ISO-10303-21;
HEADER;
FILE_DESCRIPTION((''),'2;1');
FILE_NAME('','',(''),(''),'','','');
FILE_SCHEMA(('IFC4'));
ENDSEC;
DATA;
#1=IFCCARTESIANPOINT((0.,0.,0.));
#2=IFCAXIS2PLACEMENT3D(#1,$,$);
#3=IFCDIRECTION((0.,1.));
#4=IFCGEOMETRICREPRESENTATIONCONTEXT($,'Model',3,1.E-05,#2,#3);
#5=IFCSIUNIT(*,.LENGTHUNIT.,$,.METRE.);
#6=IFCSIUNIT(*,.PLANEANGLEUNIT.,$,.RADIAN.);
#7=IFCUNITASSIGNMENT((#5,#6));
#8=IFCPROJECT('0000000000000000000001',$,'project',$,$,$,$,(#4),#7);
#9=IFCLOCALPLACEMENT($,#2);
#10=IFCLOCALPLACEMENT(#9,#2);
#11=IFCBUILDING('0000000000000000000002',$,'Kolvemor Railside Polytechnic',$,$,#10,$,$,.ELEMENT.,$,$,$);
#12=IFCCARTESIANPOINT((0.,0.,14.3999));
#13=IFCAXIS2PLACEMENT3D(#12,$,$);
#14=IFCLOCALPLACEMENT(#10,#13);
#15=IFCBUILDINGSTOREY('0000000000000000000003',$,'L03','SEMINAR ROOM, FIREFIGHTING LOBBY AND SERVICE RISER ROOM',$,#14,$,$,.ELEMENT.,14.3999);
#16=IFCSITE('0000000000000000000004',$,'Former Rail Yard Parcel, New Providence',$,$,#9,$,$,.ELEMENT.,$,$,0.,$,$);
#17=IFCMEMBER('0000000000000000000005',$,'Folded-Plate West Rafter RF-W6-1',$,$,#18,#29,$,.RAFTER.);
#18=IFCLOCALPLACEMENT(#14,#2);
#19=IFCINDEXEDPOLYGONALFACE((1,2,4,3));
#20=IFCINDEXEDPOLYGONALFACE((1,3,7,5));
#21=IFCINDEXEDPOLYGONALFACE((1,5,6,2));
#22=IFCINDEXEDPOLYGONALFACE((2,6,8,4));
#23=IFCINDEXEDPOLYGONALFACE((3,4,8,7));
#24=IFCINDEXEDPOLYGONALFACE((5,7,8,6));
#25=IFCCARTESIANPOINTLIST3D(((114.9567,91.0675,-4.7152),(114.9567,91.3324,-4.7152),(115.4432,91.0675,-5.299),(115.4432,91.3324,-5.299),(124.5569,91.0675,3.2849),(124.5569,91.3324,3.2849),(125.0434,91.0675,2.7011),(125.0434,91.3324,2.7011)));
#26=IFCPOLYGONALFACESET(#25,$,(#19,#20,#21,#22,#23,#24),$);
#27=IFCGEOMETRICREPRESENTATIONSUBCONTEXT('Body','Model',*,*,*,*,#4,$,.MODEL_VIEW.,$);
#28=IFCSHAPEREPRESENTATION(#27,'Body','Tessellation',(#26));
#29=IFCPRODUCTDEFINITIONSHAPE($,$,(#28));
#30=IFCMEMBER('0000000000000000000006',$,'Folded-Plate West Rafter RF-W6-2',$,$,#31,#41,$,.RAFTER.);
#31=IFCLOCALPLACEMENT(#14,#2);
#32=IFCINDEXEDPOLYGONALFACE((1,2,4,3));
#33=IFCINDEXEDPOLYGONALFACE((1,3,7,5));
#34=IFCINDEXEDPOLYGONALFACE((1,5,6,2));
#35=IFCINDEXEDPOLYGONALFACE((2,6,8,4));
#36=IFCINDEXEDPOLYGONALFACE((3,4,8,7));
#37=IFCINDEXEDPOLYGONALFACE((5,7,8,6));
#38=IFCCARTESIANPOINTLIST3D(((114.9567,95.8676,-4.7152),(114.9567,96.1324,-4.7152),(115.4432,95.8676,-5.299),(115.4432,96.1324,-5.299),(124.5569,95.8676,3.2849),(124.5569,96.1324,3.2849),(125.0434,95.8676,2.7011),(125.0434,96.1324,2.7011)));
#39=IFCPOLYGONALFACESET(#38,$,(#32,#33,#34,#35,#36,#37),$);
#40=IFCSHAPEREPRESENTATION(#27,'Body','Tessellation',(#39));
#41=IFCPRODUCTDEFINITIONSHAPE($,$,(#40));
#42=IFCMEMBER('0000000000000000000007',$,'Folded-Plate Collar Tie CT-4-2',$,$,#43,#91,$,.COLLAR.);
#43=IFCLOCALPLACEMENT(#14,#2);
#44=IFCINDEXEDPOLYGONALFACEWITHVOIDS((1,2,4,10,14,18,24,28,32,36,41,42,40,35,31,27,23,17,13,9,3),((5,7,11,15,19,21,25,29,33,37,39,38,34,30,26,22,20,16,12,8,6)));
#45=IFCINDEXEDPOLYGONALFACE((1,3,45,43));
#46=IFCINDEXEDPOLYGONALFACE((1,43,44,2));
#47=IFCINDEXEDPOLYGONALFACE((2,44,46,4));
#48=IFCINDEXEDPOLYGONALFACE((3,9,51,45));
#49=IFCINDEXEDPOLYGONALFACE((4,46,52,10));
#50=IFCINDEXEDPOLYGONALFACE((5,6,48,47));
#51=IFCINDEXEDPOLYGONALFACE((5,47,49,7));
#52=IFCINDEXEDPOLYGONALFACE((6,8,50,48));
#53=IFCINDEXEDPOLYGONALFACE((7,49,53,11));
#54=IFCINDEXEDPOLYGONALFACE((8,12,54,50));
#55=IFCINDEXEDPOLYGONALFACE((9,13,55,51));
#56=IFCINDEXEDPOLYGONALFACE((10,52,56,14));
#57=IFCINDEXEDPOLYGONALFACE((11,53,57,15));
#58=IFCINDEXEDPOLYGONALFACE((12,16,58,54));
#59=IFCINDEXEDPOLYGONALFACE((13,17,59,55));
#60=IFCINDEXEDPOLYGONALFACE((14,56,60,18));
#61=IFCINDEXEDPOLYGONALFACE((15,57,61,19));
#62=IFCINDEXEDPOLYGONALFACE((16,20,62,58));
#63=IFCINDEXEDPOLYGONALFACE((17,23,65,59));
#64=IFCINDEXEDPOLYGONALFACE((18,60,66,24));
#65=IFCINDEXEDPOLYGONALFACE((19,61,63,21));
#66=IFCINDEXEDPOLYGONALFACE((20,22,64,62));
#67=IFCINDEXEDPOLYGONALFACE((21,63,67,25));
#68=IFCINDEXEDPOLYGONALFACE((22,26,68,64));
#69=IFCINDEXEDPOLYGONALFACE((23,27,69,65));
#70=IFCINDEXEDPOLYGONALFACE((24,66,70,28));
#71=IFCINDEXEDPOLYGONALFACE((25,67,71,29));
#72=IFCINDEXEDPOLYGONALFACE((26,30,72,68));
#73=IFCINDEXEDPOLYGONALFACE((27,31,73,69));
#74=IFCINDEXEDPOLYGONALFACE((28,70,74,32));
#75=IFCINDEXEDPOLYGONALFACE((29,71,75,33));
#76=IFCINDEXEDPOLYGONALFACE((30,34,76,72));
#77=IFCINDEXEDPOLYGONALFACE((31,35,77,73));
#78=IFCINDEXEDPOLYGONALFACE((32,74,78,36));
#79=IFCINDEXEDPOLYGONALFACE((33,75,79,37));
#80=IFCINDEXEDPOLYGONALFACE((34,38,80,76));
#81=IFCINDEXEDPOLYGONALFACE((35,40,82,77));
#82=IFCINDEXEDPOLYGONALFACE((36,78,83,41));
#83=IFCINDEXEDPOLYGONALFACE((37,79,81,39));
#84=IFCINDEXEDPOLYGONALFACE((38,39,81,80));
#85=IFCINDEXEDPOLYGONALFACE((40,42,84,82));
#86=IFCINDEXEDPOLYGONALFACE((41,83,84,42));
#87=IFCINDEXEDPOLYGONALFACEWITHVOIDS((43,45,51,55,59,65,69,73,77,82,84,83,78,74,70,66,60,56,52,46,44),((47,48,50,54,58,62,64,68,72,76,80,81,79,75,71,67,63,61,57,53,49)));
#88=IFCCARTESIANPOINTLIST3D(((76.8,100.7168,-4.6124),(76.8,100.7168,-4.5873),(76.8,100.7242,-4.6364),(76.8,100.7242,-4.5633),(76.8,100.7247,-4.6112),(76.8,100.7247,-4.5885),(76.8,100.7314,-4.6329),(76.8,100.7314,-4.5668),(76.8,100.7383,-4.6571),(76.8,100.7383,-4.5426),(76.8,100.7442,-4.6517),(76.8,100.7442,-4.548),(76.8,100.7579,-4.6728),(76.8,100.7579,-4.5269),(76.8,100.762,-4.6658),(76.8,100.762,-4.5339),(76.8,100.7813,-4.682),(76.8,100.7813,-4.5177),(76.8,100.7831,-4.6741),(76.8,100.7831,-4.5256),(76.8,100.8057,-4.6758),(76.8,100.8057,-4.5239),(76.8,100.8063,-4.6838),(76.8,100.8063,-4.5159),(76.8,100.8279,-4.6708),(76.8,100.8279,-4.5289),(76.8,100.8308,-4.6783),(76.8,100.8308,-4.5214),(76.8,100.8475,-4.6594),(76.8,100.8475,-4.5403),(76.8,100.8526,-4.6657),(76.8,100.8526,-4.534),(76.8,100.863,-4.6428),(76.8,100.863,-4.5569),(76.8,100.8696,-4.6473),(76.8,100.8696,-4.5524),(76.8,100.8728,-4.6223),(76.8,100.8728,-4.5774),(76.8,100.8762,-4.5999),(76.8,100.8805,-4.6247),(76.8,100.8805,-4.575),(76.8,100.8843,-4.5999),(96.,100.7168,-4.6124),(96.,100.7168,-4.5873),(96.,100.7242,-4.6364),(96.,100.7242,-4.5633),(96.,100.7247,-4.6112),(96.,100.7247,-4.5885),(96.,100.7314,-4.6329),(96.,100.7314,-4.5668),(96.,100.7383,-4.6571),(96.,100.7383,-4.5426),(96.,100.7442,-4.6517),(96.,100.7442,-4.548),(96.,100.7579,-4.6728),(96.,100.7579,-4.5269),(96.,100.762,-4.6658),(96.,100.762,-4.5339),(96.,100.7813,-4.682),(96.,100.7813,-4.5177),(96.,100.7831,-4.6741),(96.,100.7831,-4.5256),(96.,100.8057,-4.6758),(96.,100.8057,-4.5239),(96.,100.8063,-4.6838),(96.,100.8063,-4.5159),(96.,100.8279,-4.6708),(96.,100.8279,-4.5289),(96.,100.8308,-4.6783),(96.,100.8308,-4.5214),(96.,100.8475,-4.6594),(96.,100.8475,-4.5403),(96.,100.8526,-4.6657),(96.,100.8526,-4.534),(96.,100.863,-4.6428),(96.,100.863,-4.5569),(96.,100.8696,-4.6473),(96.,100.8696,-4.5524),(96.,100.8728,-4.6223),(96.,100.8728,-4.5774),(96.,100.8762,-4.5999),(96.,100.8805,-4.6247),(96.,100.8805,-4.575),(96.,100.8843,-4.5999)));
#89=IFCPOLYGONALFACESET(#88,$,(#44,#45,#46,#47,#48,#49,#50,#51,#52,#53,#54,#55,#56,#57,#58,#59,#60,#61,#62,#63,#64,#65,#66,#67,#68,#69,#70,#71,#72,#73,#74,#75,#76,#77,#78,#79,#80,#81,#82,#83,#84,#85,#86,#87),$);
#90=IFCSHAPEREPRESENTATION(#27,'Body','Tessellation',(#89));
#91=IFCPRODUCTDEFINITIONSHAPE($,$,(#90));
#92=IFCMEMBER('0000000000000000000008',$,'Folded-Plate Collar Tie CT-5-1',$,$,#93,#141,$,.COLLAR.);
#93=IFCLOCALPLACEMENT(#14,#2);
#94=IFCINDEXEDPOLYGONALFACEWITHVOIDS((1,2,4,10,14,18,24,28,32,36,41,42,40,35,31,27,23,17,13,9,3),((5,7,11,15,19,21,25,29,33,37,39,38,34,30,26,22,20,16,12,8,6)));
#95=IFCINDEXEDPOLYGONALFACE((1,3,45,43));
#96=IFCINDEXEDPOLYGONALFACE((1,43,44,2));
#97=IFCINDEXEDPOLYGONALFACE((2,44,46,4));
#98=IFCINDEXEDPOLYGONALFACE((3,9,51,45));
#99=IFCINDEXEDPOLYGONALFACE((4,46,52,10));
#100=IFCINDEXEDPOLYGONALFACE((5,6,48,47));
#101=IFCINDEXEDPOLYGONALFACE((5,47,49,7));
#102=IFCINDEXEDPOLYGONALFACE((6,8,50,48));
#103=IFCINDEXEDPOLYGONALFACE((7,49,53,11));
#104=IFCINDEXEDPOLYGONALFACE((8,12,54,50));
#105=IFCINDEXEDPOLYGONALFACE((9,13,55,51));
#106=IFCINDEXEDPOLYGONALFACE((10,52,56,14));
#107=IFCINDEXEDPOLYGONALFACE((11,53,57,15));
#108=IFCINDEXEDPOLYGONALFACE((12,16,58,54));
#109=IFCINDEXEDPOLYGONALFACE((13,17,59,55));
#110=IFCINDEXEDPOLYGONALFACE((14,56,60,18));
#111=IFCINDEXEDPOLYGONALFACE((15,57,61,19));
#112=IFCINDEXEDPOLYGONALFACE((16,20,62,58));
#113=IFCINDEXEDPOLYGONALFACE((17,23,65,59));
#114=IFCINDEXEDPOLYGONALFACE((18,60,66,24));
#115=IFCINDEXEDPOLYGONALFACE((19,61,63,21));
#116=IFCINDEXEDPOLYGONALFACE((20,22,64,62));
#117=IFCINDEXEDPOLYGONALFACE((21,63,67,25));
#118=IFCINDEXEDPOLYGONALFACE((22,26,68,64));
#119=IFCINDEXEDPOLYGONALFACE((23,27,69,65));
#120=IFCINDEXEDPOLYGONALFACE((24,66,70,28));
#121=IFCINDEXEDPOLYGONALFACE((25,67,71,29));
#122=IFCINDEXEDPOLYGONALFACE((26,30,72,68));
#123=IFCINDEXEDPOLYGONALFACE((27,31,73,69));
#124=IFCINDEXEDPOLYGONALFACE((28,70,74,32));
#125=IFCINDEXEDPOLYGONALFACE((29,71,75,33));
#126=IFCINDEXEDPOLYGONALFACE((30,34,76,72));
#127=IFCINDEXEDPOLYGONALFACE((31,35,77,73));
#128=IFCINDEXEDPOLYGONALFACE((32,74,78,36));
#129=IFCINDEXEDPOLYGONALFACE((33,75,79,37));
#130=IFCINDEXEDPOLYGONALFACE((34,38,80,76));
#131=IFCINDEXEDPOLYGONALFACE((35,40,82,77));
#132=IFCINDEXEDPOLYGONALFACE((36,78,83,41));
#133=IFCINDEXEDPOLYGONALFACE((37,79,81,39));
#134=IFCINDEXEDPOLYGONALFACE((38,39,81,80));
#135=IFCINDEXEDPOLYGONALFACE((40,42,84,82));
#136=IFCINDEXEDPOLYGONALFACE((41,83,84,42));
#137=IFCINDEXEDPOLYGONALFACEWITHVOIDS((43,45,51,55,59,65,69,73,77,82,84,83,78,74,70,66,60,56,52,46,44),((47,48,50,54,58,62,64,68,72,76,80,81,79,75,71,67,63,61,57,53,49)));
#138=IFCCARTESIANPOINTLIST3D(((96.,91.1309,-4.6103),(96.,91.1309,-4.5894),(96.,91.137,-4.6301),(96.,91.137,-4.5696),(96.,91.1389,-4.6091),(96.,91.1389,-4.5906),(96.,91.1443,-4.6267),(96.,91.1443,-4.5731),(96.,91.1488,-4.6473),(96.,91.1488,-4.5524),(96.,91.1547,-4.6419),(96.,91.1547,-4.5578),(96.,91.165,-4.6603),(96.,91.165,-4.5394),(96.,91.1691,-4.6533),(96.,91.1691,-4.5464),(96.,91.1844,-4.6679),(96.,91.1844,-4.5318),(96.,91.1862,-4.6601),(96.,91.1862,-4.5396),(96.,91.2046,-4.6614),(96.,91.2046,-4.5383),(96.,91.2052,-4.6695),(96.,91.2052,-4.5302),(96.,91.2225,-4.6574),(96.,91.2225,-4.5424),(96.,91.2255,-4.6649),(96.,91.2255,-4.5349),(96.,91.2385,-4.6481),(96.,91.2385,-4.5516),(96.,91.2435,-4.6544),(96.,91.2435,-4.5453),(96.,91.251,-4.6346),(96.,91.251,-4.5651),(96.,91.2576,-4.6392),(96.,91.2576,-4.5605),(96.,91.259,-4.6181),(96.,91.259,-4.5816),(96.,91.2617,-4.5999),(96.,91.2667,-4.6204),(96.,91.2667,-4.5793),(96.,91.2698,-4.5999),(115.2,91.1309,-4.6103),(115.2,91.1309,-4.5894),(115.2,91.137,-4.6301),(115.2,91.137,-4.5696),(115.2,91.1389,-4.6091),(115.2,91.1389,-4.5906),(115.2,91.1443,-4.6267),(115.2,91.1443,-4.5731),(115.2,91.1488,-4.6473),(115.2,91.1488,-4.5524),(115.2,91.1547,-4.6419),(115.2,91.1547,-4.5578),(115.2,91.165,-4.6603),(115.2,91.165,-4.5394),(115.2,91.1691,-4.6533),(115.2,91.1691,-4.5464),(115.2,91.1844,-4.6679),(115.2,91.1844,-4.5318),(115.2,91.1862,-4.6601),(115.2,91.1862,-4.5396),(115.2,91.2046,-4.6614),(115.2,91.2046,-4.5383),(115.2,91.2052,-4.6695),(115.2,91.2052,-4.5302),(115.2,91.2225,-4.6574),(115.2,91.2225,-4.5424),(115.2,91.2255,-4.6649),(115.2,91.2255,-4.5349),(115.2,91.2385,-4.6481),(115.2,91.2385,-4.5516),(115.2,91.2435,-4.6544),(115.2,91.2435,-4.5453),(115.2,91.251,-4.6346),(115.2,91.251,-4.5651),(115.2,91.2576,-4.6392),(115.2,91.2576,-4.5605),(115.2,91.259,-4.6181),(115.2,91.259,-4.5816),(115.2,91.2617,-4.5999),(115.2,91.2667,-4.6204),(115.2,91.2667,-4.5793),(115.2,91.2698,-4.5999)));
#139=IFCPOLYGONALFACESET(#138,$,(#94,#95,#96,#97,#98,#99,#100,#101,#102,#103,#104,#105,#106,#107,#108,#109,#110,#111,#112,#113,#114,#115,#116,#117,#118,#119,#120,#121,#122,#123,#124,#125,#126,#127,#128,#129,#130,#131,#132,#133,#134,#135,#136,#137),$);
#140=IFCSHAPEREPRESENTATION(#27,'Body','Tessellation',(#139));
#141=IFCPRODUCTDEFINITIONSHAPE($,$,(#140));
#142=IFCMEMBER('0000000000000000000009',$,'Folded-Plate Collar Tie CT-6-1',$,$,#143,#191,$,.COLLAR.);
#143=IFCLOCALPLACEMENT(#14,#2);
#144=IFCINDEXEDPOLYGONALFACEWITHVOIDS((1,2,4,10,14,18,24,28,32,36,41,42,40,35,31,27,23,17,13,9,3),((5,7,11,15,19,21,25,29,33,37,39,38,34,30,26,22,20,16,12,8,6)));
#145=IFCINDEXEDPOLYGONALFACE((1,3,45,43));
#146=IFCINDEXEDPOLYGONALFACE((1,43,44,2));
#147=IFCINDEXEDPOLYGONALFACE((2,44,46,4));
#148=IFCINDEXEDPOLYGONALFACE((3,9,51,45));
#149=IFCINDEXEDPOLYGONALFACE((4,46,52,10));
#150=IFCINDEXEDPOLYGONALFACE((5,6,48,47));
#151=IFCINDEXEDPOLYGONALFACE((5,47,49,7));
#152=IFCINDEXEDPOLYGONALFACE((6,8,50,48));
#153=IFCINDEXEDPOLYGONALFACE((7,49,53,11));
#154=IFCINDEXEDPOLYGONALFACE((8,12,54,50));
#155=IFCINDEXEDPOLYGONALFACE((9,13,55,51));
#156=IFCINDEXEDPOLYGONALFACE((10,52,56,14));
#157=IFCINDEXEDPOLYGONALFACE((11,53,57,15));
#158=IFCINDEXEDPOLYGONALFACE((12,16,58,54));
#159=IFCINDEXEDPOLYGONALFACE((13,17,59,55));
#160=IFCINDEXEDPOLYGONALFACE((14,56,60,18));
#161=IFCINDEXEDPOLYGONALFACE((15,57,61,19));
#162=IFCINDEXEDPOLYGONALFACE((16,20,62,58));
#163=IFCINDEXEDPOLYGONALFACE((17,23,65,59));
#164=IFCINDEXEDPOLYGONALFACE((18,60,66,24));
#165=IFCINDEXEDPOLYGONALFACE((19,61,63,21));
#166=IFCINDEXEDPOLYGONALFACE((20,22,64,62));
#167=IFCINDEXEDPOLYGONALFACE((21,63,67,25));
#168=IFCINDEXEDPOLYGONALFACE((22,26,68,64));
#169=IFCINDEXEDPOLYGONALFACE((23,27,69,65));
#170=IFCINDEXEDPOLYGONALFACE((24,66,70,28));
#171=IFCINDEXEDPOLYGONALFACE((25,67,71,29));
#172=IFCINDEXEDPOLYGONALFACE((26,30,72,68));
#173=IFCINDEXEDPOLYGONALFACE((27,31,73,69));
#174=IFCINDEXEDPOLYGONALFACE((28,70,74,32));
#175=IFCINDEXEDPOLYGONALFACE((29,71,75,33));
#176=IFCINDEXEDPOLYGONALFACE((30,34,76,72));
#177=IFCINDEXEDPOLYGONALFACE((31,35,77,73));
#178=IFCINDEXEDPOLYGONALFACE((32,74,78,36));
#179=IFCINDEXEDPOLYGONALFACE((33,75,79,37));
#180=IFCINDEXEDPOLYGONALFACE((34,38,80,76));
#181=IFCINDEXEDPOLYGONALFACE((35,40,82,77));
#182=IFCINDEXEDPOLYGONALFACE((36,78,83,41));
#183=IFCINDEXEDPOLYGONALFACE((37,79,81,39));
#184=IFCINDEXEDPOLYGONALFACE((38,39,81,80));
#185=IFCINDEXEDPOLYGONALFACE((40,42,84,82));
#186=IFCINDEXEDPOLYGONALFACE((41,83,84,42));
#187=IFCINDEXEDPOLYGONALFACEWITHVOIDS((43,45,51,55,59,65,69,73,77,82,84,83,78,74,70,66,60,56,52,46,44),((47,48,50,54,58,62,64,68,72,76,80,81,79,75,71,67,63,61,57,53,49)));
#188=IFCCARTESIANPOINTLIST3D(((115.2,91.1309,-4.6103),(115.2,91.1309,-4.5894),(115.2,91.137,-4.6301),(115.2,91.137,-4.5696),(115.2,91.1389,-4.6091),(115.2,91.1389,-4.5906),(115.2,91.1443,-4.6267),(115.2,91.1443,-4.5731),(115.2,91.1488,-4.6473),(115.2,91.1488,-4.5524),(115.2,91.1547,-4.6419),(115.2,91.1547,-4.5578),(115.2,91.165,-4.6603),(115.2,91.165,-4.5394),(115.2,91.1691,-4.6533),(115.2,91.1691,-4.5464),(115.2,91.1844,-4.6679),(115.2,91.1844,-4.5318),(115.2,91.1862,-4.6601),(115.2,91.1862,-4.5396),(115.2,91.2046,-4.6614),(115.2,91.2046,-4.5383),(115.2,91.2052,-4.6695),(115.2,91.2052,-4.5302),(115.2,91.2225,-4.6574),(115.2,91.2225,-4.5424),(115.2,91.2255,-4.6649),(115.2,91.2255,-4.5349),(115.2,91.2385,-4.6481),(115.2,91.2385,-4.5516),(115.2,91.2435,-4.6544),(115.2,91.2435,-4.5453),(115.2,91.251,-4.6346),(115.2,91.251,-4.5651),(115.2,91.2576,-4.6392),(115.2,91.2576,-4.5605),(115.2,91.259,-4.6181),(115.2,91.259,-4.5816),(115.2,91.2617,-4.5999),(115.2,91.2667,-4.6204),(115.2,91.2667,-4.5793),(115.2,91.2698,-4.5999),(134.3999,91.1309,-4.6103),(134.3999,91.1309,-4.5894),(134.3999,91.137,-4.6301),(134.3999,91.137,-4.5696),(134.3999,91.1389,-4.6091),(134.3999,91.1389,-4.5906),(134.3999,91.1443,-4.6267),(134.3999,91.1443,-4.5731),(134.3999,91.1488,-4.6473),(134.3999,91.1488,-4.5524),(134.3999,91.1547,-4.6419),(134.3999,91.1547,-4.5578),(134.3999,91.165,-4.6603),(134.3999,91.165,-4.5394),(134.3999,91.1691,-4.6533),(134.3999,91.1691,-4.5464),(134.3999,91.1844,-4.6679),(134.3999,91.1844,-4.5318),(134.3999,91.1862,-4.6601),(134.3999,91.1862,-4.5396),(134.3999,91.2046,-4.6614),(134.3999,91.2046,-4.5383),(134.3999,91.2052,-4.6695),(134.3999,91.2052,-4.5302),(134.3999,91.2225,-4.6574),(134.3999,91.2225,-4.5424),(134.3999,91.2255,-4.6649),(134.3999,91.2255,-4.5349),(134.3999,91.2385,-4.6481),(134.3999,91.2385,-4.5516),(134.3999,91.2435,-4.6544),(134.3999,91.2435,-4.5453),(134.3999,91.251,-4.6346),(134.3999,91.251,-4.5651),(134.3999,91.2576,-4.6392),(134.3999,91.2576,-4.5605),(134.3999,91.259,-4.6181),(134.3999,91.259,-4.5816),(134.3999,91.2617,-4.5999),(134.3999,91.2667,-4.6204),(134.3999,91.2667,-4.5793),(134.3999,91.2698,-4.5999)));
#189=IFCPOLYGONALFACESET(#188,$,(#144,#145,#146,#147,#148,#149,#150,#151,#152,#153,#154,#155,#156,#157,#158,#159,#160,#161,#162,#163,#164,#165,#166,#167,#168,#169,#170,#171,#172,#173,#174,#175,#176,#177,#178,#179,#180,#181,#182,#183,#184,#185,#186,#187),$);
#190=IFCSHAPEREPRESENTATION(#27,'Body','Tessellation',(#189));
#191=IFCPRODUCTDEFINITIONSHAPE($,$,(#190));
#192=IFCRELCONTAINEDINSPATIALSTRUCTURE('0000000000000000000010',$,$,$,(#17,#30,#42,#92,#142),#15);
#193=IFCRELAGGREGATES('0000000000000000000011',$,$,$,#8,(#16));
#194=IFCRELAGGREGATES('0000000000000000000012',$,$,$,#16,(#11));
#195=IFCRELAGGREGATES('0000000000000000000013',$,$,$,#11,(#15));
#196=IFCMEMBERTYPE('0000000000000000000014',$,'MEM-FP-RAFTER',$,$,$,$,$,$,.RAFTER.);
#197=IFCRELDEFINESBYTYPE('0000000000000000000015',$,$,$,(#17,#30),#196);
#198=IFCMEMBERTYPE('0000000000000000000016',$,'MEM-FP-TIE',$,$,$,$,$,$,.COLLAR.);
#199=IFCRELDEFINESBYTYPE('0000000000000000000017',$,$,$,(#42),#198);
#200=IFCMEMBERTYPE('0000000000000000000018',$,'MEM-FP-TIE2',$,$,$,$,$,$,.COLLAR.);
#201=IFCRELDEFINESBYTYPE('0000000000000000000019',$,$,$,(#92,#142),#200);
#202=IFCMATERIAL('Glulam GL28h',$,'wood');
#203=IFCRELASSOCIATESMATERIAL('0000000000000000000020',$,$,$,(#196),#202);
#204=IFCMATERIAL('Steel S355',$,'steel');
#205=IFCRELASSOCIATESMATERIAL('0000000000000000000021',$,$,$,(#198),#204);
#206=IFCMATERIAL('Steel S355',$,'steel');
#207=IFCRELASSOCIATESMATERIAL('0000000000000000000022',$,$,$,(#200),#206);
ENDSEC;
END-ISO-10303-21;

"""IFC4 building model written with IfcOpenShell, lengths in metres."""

from ifc_helpers import new_model, si_unit, direction, frame, origin, origin_2d, place, context, subcontext, project, spatial, rectangle, hollow_circle, extrude, material, material_profile, profile_set, type_object, element, save


model = new_model("IFC4")

# Units and contexts
model_context = context("Model", 3, precision=1e-05, world=origin(), true_north=direction((0.0, 1.0)))
body_context = subcontext(model_context, "Body", "Model", "MODEL_VIEW")
ifc_project = project(units=[si_unit("LENGTHUNIT", "METRE"), si_unit("PLANEANGLEUNIT", "RADIAN")], contexts=[model_context])

# Site, building, storey
site_placement = place(None, origin())
site = spatial("IfcSite", under=ifc_project, at=site_placement, Name="Former Rail Yard Parcel, New Providence", CompositionType="ELEMENT", RefElevation=0.0)
building_placement = place(site_placement, origin())
building = spatial("IfcBuilding", under=site, at=building_placement, Name="Kolvemor Railside Polytechnic", CompositionType="ELEMENT")
storey_placement = place(building_placement, frame((0.0, 0.0, 14.3999)))
storey = spatial("IfcBuildingStorey", under=building, at=storey_placement, Name="L03", Description="SEMINAR ROOM, FIREFIGHTING LOBBY AND SERVICE RISER ROOM", CompositionType="ELEMENT", Elevation=14.3999)

# Members
ifc_material_1 = material(Name="Glulam GL28h", Category="wood")
ifc_material_profile_1 = material_profile(ifc_material_1, rectangle(XDim=0.2649, YDim=0.76, at=origin_2d()), Name="GL265x760")
ifc_profile_set_1 = profile_set([ifc_material_profile_1], Name="Glulam GL28h")
member_type_1 = type_object("IfcMemberType", Name="MEM-FP-RAFTER", PredefinedType="RAFTER", material=ifc_profile_set_1)
for number, where, z_axis, x_axis, name in (
    (1, (115.2, 91.2, -5.0071), (0.768224, 0.0, 0.640181), (0.0, 1.0, 0.0), "Folded-Plate West Rafter RF-W6-1"),
    (2, (115.2, 96.0, -5.0071), (0.768224, 0.0, 0.640181), (0.0, 1.0, 0.0), "Folded-Plate West Rafter RF-W6-2"),
):
    element("IfcMember", number, at=place(storey_placement, frame(where, z_axis=z_axis, x_axis=x_axis)), inside=storey, type_object=member_type_1, Name=name, PredefinedType="RAFTER", context=body_context, shape_type="SweptSolid", body=[
        extrude(rectangle(XDim=0.2649, YDim=0.76, at=origin_2d()), origin(), (0.0, 0.0, 1.0), 12.4966),
    ])
ifc_material_2 = material(Name="Steel S355", Category="steel")
ifc_material_profile_2 = material_profile(ifc_material_2, hollow_circle(Radius=0.0842, WallThickness=0.0081, at=origin_2d()), Name="CHS168.3x8")
ifc_profile_set_2 = profile_set([ifc_material_profile_2], Name="Steel S355")
member_type_2 = type_object("IfcMemberType", Name="MEM-FP-TIE", PredefinedType="COLLAR", material=ifc_profile_set_2)
member_1_placement = place(storey_placement, frame((76.8, 100.8, -4.5999), z_axis=(1.0, 0.0, 0.0), x_axis=(0.0, 1.0, 0.0)))
element("IfcMember", 3, at=member_1_placement, inside=storey, type_object=member_type_2, Name="Folded-Plate Collar Tie CT-4-2", PredefinedType="COLLAR", context=body_context, shape_type="SweptSolid", body=[
    extrude(hollow_circle(Radius=0.0842, WallThickness=0.0081, at=origin_2d()), origin(), (0.0, 0.0, 1.0), 19.2),
])
ifc_material_3 = material(Name="Steel S355", Category="steel")
ifc_material_profile_3 = material_profile(ifc_material_3, hollow_circle(Radius=0.0698, WallThickness=0.0081, at=origin_2d()), Name="CHS139.7x8")
ifc_profile_set_3 = profile_set([ifc_material_profile_3], Name="Steel S355")
member_type_3 = type_object("IfcMemberType", Name="MEM-FP-TIE2", PredefinedType="COLLAR", material=ifc_profile_set_3)
for number, where, z_axis, x_axis, name in (
    (4, (96.0, 91.2, -4.5999), (1.0, 0.0, 0.0), (0.0, 1.0, 0.0), "Folded-Plate Collar Tie CT-5-1"),
    (5, (115.2, 91.2, -4.5999), (1.0, 0.0, 0.0), (0.0, 1.0, 0.0), "Folded-Plate Collar Tie CT-6-1"),
):
    element("IfcMember", number, at=place(storey_placement, frame(where, z_axis=z_axis, x_axis=x_axis)), inside=storey, type_object=member_type_3, Name=name, PredefinedType="COLLAR", context=body_context, shape_type="SweptSolid", body=[
        extrude(hollow_circle(Radius=0.0698, WallThickness=0.0081, at=origin_2d()), origin(), (0.0, 0.0, 1.0), 19.2),
    ])

save(model, "model.ifc")
